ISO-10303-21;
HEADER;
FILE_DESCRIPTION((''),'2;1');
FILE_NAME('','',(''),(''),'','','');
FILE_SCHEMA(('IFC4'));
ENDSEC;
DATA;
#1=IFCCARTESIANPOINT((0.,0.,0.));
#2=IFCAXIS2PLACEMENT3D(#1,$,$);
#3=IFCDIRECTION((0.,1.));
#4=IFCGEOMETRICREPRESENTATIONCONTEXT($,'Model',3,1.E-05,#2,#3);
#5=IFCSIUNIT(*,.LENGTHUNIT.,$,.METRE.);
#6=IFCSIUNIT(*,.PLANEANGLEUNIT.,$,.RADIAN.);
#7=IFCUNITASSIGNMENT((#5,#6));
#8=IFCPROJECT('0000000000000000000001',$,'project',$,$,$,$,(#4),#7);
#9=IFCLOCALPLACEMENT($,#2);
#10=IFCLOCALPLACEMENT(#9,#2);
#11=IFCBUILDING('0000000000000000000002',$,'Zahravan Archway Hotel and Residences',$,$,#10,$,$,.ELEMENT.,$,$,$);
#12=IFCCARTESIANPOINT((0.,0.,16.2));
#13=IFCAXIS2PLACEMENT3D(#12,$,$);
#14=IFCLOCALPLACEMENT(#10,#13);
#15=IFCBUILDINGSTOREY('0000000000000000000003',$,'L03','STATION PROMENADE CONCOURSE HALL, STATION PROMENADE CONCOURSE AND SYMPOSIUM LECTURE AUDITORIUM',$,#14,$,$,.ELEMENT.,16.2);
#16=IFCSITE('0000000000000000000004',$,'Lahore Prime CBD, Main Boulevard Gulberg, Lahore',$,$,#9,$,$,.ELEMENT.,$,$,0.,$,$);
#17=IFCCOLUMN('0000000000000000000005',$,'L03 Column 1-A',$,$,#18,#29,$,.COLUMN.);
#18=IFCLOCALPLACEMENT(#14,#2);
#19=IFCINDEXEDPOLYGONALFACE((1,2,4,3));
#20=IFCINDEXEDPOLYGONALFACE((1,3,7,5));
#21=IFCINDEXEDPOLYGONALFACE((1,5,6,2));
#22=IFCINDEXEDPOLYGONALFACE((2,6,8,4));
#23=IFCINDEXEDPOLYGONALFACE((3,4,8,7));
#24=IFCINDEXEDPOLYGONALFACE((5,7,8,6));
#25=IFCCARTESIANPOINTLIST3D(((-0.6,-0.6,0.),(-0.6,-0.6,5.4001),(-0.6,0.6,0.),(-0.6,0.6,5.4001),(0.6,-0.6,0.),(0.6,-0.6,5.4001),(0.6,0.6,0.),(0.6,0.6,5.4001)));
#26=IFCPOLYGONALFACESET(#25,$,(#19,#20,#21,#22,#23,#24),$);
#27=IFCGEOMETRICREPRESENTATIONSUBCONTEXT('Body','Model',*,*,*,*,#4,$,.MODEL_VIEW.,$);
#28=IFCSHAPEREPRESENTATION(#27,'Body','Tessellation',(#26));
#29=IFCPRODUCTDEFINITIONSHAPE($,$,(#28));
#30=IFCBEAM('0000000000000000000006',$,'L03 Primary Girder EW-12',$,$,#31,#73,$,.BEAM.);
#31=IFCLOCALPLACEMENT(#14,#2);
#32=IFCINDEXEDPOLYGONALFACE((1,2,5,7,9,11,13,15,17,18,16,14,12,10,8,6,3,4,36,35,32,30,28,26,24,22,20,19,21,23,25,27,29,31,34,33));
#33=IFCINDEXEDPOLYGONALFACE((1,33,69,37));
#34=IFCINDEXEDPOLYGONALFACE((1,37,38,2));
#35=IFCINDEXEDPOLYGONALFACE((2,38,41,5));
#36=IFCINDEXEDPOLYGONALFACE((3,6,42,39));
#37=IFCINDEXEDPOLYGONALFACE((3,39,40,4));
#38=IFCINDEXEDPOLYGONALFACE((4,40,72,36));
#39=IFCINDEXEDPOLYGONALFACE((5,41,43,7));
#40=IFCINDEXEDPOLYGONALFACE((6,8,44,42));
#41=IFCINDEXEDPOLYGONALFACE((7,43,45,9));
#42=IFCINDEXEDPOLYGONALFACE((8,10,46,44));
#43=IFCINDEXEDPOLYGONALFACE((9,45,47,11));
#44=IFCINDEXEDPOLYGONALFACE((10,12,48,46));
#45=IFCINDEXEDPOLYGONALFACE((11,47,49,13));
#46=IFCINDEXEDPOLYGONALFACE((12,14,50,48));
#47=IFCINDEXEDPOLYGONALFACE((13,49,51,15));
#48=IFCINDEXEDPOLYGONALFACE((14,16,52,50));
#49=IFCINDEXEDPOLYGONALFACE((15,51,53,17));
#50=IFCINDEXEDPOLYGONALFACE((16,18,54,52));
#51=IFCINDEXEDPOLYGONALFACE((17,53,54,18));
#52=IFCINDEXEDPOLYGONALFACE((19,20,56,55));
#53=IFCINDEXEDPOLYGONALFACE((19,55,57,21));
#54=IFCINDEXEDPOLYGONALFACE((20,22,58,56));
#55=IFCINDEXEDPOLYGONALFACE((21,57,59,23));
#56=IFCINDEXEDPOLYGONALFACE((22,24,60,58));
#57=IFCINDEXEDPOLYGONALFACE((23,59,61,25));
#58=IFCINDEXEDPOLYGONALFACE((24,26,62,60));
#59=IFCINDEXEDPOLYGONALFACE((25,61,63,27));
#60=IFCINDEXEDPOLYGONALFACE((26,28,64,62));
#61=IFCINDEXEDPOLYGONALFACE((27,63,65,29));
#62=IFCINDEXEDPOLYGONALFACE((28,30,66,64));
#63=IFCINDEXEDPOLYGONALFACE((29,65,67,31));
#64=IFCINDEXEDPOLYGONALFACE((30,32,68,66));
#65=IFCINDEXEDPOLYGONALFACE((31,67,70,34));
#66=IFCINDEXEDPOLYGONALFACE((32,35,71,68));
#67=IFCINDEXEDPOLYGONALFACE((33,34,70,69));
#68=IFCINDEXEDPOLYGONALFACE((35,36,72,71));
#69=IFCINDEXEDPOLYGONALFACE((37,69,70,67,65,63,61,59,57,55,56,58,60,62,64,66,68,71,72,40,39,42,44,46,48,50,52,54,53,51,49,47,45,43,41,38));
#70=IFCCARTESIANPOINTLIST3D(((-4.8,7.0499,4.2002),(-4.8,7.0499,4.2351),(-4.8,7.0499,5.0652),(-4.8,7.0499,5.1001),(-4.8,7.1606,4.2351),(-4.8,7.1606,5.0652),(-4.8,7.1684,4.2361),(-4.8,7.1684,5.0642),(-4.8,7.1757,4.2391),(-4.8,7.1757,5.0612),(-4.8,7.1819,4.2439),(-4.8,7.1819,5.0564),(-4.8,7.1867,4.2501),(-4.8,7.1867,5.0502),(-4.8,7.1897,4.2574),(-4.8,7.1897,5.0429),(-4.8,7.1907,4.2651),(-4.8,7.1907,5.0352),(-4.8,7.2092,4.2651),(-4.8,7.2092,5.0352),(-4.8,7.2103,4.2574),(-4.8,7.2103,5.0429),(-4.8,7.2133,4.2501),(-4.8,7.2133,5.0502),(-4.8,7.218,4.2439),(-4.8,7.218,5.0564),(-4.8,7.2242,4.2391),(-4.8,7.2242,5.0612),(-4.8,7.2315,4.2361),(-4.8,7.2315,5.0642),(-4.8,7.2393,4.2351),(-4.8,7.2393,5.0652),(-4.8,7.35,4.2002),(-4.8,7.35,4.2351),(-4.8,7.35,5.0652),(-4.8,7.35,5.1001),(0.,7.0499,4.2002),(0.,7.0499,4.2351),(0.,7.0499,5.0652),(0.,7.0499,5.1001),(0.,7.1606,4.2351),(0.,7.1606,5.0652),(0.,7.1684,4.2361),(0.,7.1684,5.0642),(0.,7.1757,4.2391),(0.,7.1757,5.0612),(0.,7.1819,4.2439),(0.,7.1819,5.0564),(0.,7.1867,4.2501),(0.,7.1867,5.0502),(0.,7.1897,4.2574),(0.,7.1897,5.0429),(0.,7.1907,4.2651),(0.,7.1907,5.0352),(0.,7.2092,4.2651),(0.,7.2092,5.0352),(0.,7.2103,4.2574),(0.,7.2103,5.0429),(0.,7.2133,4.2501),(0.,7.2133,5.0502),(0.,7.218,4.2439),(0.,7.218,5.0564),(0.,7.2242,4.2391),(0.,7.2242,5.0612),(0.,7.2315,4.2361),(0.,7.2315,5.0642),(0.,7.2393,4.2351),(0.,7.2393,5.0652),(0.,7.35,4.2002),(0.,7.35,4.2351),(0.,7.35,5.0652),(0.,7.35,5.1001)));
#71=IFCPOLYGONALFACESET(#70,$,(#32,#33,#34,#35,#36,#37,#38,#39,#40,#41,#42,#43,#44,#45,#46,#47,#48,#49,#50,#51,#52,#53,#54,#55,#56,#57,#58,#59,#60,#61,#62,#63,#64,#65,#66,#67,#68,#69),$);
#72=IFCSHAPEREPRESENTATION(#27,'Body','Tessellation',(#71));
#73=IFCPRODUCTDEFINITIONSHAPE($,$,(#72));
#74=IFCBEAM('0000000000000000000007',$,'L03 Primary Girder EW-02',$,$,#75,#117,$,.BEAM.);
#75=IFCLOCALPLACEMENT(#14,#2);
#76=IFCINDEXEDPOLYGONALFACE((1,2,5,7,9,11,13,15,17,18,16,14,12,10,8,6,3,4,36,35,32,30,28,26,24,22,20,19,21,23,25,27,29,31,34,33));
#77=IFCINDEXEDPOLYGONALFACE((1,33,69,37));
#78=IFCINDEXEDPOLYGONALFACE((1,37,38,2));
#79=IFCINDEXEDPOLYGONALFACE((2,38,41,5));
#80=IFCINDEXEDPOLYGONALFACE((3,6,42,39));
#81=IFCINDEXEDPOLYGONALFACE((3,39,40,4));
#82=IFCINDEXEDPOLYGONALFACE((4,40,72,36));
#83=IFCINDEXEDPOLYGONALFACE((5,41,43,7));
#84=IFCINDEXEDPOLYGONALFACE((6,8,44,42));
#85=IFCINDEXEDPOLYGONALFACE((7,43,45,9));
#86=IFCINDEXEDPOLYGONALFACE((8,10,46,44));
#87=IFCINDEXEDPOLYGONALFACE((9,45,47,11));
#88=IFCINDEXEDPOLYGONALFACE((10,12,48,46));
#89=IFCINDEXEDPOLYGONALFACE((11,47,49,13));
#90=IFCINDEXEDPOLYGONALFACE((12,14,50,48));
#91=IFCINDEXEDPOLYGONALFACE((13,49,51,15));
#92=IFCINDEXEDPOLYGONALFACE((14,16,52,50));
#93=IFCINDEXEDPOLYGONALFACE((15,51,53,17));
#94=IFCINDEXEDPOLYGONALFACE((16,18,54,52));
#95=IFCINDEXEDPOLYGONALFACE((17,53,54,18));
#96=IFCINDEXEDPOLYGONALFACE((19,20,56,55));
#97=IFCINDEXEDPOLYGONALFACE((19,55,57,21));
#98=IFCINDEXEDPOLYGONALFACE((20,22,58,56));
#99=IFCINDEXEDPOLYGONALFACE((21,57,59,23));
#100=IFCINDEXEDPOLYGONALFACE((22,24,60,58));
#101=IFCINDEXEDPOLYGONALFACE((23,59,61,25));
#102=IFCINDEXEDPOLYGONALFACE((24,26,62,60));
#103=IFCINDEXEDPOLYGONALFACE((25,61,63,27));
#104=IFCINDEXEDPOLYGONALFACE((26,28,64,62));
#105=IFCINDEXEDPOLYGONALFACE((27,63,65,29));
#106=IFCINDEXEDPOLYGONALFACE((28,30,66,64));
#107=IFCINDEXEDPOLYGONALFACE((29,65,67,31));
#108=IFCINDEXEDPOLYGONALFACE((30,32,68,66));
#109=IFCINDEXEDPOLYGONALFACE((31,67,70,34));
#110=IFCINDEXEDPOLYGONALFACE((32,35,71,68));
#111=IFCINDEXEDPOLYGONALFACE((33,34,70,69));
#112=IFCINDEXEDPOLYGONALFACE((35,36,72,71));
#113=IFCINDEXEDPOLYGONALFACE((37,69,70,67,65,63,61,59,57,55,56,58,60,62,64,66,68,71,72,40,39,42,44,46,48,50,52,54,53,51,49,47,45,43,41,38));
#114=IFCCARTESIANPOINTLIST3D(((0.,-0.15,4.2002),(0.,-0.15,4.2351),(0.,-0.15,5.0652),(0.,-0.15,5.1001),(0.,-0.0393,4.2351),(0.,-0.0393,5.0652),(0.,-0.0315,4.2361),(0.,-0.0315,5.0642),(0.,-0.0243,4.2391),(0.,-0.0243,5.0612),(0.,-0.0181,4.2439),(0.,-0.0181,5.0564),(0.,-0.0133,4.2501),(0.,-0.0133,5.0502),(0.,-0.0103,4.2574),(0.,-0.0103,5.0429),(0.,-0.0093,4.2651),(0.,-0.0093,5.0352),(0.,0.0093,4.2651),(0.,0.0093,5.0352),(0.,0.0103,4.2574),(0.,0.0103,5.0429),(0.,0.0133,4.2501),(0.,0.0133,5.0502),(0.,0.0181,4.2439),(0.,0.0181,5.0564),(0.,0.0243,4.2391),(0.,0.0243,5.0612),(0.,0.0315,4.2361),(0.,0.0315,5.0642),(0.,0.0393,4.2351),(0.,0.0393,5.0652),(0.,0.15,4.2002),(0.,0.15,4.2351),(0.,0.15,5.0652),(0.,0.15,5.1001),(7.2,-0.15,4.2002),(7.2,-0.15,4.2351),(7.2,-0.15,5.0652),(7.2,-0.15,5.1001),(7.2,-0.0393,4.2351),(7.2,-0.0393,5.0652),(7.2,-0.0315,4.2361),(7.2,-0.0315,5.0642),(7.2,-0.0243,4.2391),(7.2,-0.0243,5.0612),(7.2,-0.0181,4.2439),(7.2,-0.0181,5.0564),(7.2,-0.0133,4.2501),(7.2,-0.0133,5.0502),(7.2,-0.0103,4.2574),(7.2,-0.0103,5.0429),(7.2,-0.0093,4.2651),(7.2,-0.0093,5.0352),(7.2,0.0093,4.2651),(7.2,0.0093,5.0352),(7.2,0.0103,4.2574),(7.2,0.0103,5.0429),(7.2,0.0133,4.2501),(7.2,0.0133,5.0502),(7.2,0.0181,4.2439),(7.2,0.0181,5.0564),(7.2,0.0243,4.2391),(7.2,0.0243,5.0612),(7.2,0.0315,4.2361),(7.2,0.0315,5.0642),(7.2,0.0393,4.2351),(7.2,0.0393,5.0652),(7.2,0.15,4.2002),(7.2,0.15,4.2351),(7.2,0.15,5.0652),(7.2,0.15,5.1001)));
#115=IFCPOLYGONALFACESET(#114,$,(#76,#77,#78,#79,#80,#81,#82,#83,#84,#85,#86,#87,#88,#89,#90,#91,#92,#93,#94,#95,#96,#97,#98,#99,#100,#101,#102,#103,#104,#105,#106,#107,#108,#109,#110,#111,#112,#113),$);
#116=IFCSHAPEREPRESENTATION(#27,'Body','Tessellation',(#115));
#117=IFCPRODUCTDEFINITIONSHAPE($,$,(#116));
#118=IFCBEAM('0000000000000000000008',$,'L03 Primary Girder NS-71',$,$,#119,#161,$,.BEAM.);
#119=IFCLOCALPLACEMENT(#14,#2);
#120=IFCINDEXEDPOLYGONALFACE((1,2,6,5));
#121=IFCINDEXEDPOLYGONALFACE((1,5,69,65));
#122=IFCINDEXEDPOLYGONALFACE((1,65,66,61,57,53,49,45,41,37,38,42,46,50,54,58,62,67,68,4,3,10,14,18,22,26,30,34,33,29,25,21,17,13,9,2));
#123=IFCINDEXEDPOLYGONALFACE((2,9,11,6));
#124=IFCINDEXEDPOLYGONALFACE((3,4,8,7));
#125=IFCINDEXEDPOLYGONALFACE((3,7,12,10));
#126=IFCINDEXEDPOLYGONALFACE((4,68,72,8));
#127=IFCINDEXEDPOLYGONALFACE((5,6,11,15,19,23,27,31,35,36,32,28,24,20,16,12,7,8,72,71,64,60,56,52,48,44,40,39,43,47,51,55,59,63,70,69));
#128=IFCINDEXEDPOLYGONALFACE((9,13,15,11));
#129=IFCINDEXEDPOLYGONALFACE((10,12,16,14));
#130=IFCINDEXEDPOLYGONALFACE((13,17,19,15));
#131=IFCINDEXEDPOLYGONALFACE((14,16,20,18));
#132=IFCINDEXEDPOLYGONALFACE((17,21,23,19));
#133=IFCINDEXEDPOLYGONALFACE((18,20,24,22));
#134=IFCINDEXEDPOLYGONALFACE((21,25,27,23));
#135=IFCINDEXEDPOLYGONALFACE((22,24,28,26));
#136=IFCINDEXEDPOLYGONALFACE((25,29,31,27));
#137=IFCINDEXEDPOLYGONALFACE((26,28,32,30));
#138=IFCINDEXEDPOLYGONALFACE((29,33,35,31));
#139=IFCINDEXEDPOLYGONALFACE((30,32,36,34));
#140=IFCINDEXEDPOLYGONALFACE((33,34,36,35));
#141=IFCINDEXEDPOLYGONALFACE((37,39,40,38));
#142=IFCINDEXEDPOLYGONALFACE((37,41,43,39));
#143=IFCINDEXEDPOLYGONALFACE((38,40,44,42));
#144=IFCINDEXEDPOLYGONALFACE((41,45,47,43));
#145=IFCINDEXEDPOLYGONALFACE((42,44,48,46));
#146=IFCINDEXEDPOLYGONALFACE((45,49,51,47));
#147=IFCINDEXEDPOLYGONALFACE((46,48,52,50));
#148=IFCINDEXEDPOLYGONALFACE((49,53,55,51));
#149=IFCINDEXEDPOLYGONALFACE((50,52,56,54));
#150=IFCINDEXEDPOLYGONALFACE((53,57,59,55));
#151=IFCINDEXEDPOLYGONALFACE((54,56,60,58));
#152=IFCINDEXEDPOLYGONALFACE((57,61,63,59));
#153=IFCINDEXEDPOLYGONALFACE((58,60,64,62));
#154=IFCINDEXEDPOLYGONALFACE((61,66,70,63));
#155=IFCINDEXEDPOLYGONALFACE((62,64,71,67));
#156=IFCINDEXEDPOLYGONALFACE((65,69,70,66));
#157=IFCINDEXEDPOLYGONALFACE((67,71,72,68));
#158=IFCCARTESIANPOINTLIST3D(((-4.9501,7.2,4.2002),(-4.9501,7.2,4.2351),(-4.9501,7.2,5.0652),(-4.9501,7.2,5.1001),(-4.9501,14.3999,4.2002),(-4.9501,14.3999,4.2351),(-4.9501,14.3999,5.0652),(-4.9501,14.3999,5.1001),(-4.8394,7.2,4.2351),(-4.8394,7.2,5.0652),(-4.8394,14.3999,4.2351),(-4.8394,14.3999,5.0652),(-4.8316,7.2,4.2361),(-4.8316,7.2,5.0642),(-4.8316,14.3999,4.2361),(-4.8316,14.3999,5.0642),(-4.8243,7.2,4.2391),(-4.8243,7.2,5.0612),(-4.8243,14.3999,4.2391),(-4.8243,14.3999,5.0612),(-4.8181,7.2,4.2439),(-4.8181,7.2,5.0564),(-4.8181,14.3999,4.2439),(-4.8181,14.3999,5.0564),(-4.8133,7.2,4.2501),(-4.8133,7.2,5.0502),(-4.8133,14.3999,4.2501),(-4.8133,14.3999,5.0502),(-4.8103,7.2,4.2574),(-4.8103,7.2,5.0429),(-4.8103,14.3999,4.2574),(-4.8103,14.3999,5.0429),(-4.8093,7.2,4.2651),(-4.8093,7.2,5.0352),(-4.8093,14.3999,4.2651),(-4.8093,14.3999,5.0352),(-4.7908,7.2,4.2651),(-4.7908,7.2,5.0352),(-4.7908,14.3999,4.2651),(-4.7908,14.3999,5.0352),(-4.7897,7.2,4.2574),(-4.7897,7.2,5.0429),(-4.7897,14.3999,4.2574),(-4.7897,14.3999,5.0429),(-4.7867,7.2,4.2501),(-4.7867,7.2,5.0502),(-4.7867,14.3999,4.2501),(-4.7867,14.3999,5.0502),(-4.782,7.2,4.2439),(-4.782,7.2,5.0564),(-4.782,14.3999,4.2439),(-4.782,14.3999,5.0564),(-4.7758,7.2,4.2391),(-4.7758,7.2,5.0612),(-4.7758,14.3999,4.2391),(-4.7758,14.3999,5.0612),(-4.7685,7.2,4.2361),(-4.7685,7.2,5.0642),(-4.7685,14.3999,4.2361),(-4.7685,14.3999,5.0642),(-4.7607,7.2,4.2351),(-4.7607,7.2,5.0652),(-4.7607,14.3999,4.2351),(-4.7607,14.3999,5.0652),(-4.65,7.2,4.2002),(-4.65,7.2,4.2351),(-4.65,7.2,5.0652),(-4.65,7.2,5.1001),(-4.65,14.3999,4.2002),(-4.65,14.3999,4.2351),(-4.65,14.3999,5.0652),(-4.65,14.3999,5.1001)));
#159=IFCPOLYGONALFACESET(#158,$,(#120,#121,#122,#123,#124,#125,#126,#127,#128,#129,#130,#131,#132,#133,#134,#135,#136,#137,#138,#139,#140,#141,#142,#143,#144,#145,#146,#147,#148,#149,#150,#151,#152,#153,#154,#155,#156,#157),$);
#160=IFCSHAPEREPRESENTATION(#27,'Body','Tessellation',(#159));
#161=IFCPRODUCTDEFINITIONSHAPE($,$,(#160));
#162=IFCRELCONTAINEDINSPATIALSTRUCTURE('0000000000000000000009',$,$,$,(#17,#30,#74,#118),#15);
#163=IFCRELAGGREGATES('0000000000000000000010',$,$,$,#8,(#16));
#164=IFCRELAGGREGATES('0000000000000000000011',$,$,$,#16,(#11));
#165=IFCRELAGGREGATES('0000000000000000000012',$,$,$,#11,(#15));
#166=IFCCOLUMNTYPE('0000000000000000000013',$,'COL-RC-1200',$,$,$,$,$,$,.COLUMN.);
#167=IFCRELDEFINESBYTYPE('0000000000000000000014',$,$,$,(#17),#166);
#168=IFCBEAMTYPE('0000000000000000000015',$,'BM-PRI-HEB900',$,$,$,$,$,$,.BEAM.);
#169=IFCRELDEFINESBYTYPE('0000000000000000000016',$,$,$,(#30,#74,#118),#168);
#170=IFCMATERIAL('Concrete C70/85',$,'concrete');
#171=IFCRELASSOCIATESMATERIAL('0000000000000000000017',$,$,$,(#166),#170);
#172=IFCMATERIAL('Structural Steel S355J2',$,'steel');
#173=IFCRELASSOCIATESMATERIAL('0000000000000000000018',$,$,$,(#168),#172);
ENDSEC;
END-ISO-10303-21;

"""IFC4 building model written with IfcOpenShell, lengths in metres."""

from ifc_helpers import new_model, si_unit, direction, frame, origin, origin_with_axes, origin_2d, place, context, subcontext, project, spatial, rectangle, i_section, extrude, source, transform, mapped, material, material_profile, profile_set, type_object, type_shapes, element, save


model = new_model("IFC4")

# Units and contexts
model_context = context("Model", 3, precision=1e-05, world=origin(), true_north=direction((0.0, 1.0)))
body_context = subcontext(model_context, "Body", "Model", "MODEL_VIEW")
ifc_project = project(units=[si_unit("LENGTHUNIT", "METRE"), si_unit("PLANEANGLEUNIT", "RADIAN")], contexts=[model_context])

# Site, building, storey
site_placement = place(None, origin())
site = spatial("IfcSite", under=ifc_project, at=site_placement, Name="Lahore Prime CBD, Main Boulevard Gulberg, Lahore", CompositionType="ELEMENT", RefElevation=0.0)
building_placement = place(site_placement, origin())
building = spatial("IfcBuilding", under=site, at=building_placement, Name="Zahravan Archway Hotel and Residences", CompositionType="ELEMENT")
storey_placement = place(building_placement, frame((0.0, 0.0, 16.2)))
storey = spatial("IfcBuildingStorey", under=building, at=storey_placement, Name="L03", Description="STATION PROMENADE CONCOURSE HALL, STATION PROMENADE CONCOURSE AND SYMPOSIUM LECTURE AUDITORIUM", CompositionType="ELEMENT", Elevation=16.2)

# Column
ifc_material_1 = material(Name="Concrete C70/85", Category="concrete")
ifc_material_profile_1 = material_profile(ifc_material_1, rectangle(XDim=1.2, YDim=1.2, at=origin_2d()), Name="RC-COL-1200x1200", Category="concrete")
ifc_profile_set_1 = profile_set([ifc_material_profile_1], Name="Concrete C70/85")
column_type = type_object("IfcColumnType", Name="COL-RC-1200", PredefinedType="COLUMN", material=ifc_profile_set_1)
shared_shape_1 = source(origin(), body_context, "Body", "SweptSolid", [
    extrude(rectangle(XDim=1.2, YDim=1.2, at=origin_2d()), origin(), (0.0, 0.0, 1.0), 5.4001),
])
column_placement = place(storey_placement, origin_with_axes())
element("IfcColumn", 1, at=column_placement, inside=storey, type_object=column_type, Name="L03 Column 1-A", PredefinedType="COLUMN", context=body_context, shape_type="MappedRepresentation", body=[
    mapped(shared_shape_1, transform((0.0, 0.0, 0.0), scale=1.0)),
])

# Beams
ifc_material_2 = material(Name="Structural Steel S355J2", Category="steel")
ifc_material_profile_2 = material_profile(ifc_material_2, i_section(OverallWidth=0.3, OverallDepth=0.8999, WebThickness=0.0186, FlangeThickness=0.0349, FilletRadius=0.03, at=origin_2d()), Name="HEB 900", Category="steel")
ifc_profile_set_2 = profile_set([ifc_material_profile_2], Name="Structural Steel S355J2")
beam_type_1 = type_object("IfcBeamType", Name="BM-PRI-HEB900", PredefinedType="BEAM", material=ifc_profile_set_2)
shared_shape_2 = source(origin(), body_context, "Body", "SweptSolid", [
    extrude(i_section(OverallWidth=0.3, OverallDepth=0.8999, WebThickness=0.0186, FlangeThickness=0.0349, FilletRadius=0.03, at=origin_2d()), origin(), (0.0, 0.0, 1.0), 4.8),
])
type_shapes(beam_type_1, [shared_shape_2])
beam_1_placement = place(storey_placement, frame((-4.8, 7.2, 4.6501), z_axis=(1.0, 0.0, 0.0), x_axis=(0.0, 1.0, 0.0)))
element("IfcBeam", 2, at=beam_1_placement, inside=storey, type_object=beam_type_1, Name="L03 Primary Girder EW-12", PredefinedType="BEAM", context=body_context, shape_type="MappedRepresentation", body=[
    mapped(shared_shape_2, transform((0.0, 0.0, 0.0), scale=1.0)),
])
shared_shape_3 = source(origin(), body_context, "Body", "SweptSolid", [
    extrude(i_section(OverallWidth=0.3, OverallDepth=0.8999, WebThickness=0.0186, FlangeThickness=0.0349, FilletRadius=0.03, at=origin_2d()), origin(), (0.0, 0.0, 1.0), 7.2),
])
for number, where, z_axis, x_axis, name in (
    (3, (0.0, 0.0, 4.6501), (1.0, 0.0, 0.0), (0.0, 1.0, 0.0), "L03 Primary Girder EW-02"),
    (4, (-4.8, 7.2, 4.6501), (0.0, 1.0, 0.0), (-1.0, 0.0, 0.0), "L03 Primary Girder NS-71"),
):
    element("IfcBeam", number, at=place(storey_placement, frame(where, z_axis=z_axis, x_axis=x_axis)), inside=storey, type_object=beam_type_1, Name=name, PredefinedType="BEAM", context=body_context, shape_type="MappedRepresentation", body=[
        mapped(shared_shape_3, transform((0.0, 0.0, 0.0), scale=1.0)),
    ])

save(model, "model.ifc")
